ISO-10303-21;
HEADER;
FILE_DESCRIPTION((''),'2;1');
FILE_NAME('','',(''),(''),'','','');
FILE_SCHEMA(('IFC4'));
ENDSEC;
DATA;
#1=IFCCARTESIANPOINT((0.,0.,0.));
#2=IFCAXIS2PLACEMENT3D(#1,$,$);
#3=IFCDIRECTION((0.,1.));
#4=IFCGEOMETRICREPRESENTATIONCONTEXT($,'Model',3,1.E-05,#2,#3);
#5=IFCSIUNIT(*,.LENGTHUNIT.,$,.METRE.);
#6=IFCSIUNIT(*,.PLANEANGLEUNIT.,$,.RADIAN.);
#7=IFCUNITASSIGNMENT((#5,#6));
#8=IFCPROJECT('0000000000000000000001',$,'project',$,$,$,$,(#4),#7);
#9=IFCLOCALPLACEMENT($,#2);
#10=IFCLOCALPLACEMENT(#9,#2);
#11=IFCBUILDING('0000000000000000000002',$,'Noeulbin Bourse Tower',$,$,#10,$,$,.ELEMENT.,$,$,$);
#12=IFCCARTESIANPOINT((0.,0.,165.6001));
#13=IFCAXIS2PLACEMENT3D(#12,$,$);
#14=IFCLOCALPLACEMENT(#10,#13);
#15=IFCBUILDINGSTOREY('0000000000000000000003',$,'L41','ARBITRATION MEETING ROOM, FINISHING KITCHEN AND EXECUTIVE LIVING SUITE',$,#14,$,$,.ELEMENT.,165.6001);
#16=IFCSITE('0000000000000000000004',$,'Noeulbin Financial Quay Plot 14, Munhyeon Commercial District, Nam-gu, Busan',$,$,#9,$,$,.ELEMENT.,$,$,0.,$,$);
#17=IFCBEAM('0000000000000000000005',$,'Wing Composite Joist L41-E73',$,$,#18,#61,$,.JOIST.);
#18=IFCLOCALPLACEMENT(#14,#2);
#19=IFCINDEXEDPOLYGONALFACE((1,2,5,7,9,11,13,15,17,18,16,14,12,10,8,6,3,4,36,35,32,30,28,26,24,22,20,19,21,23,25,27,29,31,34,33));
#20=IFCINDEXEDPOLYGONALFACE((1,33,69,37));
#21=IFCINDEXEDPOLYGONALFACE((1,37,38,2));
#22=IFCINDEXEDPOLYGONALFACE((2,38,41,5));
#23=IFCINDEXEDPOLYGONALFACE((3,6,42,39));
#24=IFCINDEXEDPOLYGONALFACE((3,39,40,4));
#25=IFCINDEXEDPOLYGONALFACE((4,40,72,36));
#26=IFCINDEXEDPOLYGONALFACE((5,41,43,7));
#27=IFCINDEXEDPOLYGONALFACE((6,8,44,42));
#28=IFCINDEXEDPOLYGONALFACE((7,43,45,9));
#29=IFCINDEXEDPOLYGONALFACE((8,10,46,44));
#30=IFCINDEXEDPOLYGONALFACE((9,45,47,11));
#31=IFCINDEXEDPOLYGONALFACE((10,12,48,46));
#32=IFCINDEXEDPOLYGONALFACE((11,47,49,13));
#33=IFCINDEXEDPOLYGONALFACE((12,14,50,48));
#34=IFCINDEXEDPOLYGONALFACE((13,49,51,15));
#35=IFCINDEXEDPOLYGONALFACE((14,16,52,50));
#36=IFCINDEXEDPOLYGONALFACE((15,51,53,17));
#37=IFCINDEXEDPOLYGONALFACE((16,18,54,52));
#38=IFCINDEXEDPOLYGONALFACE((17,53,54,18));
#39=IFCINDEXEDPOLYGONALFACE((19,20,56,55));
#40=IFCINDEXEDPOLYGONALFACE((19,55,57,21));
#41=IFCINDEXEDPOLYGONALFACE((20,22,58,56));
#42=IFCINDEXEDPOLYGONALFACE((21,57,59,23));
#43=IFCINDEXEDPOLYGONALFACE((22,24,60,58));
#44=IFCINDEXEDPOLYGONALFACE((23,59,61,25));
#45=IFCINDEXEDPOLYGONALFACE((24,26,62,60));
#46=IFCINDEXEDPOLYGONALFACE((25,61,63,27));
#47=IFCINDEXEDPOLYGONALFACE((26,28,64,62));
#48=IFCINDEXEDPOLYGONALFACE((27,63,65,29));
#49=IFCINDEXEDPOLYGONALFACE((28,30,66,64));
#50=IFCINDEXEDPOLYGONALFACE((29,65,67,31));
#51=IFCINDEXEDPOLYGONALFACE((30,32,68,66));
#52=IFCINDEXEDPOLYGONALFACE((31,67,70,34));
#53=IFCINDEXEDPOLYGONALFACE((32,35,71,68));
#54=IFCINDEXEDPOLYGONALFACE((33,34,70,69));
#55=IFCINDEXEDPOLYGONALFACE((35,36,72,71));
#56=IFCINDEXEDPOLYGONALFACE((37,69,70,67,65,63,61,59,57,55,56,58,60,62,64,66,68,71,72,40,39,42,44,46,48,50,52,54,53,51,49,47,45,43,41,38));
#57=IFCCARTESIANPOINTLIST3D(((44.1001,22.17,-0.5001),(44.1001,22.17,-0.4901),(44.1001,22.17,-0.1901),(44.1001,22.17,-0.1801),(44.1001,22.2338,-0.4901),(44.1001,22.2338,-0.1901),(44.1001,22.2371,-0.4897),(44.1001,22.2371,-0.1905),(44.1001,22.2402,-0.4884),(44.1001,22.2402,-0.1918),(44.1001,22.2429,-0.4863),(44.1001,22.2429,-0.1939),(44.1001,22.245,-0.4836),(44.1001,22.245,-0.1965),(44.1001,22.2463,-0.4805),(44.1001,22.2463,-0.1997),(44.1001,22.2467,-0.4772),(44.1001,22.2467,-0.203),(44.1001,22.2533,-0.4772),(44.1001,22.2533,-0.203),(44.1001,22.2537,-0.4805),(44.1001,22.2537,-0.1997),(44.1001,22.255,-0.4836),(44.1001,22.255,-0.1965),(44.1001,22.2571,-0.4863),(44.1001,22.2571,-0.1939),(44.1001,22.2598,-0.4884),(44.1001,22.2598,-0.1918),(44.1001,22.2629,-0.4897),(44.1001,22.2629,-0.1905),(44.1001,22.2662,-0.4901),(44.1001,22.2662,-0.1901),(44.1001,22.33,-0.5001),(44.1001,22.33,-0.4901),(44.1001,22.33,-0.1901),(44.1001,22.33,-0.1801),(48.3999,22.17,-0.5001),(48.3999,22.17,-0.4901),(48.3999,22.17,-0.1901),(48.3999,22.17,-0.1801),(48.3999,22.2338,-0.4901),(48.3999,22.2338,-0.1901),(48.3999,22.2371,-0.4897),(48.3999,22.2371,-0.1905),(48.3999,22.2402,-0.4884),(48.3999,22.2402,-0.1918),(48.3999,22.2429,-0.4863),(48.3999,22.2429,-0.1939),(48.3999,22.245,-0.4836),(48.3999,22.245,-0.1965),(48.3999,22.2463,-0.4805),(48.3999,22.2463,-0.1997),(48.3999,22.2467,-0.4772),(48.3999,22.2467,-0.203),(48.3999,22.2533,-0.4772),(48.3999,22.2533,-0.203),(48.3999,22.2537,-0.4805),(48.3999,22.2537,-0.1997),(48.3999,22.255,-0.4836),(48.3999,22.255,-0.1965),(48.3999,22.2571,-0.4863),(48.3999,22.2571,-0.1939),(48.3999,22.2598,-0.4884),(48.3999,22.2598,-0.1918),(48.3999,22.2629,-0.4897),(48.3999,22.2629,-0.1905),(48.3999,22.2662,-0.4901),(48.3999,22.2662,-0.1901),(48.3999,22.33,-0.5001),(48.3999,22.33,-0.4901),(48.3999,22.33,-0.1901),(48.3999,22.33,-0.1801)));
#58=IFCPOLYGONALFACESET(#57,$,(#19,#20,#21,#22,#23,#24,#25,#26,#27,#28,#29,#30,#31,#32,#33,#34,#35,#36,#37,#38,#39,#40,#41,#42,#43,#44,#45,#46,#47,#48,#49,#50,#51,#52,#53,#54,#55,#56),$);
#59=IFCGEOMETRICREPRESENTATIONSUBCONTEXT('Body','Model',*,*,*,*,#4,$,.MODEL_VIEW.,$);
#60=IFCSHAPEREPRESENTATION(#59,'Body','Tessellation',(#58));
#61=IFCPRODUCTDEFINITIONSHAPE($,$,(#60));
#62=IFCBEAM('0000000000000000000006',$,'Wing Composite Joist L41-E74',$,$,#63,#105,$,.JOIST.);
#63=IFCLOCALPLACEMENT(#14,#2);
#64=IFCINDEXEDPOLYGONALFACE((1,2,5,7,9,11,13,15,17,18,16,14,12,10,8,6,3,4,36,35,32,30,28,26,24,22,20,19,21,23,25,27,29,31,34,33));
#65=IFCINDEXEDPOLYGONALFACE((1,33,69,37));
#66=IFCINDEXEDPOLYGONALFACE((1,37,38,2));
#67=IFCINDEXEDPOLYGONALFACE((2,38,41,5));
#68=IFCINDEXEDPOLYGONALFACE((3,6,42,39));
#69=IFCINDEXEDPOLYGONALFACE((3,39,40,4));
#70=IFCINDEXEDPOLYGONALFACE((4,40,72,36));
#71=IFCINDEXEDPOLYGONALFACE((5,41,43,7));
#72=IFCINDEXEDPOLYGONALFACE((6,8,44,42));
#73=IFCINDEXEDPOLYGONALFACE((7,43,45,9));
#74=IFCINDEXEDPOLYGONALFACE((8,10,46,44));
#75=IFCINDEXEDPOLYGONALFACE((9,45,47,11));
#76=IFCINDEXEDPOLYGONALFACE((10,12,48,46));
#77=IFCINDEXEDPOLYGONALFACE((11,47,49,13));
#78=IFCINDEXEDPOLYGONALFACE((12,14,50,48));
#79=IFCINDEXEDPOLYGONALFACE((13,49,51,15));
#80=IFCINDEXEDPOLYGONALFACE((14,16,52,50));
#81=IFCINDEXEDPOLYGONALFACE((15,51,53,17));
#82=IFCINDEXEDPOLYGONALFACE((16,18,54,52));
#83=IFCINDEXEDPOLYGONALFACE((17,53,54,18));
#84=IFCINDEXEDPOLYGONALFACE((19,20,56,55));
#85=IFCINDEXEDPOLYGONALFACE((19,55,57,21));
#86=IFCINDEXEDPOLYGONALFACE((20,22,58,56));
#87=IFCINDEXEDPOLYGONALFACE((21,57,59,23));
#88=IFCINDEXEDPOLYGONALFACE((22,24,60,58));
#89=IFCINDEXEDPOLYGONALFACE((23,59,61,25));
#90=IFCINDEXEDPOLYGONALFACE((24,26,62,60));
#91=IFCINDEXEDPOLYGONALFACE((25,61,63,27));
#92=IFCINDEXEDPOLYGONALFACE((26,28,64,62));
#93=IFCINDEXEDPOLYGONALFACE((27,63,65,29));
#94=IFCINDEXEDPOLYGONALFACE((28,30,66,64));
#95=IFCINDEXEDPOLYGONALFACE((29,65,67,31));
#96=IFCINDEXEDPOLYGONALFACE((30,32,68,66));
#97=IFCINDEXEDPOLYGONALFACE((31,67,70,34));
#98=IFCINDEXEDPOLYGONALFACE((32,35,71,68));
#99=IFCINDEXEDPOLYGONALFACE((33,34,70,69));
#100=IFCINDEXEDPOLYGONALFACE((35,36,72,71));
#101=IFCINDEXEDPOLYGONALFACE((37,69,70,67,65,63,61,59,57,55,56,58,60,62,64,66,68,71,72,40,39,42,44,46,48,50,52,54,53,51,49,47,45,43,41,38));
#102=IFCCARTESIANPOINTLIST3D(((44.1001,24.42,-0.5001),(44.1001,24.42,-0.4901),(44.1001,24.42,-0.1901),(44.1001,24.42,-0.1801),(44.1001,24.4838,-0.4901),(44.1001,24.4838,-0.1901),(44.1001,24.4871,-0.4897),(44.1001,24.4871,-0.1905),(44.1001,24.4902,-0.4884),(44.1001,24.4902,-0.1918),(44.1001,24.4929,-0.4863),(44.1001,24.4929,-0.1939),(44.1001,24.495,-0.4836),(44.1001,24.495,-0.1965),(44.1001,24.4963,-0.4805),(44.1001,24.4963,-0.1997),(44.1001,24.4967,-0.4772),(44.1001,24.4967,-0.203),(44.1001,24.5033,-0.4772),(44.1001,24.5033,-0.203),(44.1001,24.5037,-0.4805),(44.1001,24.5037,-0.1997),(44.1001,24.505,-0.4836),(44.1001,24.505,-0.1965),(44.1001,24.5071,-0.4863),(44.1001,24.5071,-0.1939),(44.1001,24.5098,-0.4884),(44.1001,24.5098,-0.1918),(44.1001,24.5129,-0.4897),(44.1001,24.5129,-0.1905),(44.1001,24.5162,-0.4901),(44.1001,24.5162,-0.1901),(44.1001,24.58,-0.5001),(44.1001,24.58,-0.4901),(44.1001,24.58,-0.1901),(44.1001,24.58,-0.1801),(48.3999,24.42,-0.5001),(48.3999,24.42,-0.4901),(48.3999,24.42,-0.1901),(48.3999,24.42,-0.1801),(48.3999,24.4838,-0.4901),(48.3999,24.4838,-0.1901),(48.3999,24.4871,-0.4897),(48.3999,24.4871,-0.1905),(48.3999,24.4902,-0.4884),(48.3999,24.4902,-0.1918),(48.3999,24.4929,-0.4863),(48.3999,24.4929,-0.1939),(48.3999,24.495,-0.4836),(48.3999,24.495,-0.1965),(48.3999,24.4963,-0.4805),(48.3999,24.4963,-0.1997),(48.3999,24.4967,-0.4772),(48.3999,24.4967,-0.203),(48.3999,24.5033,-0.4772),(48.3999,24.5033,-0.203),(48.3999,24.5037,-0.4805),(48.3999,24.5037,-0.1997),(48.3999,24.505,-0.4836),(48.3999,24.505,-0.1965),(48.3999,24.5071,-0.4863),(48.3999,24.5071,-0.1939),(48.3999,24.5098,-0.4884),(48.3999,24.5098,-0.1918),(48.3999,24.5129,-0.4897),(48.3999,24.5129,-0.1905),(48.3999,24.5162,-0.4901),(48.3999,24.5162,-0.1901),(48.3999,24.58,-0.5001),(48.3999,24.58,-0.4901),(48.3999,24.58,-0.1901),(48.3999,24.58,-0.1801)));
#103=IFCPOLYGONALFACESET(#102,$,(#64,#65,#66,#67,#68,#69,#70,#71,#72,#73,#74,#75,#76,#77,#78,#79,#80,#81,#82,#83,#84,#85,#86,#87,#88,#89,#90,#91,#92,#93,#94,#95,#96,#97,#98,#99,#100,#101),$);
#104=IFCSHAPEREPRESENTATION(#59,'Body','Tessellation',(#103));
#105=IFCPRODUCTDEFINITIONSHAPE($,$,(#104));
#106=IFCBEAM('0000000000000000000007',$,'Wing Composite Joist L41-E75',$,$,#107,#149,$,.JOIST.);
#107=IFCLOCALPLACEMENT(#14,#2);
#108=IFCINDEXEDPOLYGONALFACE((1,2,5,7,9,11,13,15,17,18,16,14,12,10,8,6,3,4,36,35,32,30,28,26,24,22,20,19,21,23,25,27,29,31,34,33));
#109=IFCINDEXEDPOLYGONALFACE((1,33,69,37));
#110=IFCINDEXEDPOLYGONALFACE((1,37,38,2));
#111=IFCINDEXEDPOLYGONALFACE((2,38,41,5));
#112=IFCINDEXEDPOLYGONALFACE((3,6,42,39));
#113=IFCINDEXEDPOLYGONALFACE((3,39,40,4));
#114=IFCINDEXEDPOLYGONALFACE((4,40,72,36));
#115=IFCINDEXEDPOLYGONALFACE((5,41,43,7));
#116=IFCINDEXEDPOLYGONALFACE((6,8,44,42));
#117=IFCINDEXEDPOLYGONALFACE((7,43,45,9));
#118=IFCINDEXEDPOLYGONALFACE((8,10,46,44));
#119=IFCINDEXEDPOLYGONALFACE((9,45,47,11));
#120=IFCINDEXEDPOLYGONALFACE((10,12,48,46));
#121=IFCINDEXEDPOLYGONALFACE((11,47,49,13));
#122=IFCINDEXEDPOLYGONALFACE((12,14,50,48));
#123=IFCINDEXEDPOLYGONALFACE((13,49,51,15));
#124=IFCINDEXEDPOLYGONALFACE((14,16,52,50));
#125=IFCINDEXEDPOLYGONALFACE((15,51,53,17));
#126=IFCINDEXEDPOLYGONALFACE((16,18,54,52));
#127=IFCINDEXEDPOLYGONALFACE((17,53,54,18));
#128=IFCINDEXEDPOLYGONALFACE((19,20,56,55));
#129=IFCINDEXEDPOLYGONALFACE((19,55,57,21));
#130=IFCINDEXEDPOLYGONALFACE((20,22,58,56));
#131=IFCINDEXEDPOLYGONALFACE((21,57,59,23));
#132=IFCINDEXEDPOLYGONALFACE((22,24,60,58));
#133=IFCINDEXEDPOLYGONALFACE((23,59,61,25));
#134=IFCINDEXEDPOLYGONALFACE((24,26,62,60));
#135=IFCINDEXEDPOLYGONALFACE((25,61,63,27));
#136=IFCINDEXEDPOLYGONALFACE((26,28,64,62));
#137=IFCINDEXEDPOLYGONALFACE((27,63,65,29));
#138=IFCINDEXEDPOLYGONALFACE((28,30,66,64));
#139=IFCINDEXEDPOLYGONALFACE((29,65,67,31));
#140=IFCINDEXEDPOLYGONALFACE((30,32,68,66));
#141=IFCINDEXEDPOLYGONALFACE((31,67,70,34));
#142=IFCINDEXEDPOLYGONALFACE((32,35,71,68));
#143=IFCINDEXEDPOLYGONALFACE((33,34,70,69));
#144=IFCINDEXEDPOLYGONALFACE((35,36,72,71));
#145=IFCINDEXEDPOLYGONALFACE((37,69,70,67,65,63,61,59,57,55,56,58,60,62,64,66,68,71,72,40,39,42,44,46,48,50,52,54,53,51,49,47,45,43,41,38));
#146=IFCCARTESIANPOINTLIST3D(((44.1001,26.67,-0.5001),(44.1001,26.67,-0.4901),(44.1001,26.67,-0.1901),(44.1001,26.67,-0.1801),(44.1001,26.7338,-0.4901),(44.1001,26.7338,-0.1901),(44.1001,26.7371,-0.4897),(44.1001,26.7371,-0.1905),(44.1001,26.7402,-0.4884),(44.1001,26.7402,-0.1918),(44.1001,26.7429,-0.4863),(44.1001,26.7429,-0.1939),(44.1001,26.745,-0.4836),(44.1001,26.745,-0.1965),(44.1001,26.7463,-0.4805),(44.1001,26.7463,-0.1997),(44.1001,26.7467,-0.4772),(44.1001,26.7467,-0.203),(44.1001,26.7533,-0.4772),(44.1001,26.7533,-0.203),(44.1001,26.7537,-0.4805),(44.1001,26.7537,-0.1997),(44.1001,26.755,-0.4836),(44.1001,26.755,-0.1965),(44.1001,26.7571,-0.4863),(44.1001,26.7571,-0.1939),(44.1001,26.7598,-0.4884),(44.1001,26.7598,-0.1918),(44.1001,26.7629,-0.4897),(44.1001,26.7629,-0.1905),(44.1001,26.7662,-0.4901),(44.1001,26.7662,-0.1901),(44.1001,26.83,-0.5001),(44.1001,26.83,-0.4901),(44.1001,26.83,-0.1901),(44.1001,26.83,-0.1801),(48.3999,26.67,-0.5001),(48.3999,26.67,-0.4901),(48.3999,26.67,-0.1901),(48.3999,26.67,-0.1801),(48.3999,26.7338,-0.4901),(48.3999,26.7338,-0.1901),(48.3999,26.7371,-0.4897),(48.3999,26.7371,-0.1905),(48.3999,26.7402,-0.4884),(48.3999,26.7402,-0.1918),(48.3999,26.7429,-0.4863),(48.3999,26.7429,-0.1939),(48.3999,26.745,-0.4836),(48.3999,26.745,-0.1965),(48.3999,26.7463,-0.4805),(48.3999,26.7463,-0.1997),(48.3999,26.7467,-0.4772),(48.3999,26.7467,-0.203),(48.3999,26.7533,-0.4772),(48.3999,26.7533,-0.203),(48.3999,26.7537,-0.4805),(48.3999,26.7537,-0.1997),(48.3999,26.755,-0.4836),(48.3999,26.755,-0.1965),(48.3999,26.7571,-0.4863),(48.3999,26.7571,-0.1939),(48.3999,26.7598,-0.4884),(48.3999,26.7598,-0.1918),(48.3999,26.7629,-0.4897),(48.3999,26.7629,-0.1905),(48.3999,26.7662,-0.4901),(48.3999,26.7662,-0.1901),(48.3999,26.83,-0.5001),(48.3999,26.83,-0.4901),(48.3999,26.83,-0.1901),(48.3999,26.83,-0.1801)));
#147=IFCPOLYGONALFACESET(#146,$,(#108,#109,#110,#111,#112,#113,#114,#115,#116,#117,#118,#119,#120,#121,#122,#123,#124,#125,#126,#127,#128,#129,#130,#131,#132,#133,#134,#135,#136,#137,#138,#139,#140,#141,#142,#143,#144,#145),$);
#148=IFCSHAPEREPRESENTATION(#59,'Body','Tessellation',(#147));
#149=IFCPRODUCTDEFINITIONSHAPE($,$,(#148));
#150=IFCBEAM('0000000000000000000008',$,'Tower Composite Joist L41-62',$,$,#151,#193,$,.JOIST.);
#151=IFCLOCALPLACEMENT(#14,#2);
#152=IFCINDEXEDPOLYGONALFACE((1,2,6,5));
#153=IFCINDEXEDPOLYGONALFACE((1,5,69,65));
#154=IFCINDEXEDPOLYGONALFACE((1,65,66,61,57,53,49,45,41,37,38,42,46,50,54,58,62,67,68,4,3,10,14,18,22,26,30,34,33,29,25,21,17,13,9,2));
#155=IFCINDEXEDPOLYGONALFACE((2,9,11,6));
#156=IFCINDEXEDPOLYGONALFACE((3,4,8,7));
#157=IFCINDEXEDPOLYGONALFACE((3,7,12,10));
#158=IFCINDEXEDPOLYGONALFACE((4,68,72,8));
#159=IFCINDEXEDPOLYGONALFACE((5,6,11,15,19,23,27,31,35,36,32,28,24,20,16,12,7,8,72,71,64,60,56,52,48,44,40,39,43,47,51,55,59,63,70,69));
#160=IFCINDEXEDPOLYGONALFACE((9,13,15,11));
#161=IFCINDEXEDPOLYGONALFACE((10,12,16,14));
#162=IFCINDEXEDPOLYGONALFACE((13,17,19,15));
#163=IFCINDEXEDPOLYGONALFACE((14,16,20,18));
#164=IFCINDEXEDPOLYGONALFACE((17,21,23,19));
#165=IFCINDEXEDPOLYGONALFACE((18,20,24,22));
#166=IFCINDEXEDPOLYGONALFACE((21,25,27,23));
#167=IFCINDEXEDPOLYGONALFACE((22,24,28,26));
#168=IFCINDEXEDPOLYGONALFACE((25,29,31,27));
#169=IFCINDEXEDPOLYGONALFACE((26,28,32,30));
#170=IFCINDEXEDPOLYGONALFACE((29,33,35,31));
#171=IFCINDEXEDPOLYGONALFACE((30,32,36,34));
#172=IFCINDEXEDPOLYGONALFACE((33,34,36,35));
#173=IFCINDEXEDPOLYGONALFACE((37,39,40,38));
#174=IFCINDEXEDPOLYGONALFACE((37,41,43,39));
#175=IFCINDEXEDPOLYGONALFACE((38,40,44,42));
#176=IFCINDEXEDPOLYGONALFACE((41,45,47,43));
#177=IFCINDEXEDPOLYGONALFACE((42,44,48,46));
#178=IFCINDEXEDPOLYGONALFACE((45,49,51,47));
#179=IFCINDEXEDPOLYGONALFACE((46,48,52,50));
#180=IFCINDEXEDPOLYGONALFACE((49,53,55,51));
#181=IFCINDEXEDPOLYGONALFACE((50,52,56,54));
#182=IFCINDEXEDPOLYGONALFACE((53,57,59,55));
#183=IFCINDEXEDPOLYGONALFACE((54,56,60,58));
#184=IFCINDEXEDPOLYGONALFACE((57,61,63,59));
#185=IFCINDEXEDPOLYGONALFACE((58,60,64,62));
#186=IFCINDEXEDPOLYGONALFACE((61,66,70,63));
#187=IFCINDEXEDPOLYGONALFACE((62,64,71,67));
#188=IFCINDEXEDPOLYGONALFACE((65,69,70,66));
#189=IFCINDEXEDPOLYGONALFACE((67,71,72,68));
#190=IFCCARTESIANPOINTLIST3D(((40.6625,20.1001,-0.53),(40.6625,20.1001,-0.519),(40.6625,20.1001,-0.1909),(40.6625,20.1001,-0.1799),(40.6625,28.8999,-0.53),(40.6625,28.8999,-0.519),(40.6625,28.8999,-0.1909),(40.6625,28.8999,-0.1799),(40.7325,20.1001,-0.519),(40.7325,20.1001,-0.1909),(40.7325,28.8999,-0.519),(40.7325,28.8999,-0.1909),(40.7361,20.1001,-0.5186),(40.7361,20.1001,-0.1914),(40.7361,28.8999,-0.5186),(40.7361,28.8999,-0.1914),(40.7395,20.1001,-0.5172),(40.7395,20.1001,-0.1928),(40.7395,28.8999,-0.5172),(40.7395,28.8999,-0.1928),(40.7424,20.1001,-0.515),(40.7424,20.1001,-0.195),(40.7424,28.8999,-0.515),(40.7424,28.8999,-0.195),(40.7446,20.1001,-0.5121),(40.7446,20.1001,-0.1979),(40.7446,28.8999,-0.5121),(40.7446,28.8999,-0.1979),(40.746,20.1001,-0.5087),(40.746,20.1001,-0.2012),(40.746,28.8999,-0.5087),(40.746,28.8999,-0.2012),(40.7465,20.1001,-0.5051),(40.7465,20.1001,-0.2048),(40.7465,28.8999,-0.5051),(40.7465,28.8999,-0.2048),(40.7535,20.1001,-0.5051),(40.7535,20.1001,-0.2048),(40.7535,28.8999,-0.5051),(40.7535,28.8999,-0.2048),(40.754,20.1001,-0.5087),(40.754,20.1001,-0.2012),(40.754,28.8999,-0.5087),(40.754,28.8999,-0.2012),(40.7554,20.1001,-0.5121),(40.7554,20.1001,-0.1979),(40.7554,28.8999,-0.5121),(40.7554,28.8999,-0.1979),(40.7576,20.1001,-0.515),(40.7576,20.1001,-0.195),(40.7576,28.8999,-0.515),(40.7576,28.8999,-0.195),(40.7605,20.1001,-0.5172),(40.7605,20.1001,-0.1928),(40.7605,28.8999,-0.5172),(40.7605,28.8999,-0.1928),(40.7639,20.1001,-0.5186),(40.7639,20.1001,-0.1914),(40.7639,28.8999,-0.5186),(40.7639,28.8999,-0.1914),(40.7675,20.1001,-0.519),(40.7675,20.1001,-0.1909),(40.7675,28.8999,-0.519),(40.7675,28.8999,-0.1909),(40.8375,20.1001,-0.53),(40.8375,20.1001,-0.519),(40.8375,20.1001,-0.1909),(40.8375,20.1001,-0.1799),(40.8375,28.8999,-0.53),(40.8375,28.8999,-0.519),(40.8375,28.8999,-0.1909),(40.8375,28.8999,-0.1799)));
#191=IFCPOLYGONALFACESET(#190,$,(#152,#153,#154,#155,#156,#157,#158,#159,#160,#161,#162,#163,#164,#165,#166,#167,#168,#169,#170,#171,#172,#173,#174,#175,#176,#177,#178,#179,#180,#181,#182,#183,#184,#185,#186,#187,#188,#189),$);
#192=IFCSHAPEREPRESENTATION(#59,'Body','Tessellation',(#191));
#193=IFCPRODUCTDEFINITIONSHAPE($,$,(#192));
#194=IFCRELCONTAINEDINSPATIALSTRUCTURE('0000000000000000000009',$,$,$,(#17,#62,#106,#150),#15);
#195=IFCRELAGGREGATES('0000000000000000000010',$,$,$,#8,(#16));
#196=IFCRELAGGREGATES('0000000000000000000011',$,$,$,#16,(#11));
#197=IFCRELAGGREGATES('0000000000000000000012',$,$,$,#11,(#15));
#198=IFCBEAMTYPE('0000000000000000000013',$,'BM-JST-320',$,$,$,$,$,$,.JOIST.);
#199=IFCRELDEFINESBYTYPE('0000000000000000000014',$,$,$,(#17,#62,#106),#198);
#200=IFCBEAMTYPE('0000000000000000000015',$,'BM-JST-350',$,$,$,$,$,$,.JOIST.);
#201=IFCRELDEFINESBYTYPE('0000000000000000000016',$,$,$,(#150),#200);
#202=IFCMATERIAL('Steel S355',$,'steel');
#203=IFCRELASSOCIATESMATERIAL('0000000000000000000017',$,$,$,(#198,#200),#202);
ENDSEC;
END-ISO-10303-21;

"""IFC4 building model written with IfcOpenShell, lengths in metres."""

from ifc_helpers import new_model, si_unit, direction, frame, origin, origin_2d, place, context, subcontext, project, spatial, i_section, extrude, material, material_profile, profile_set, type_object, element, save


model = new_model("IFC4")

# Units and contexts
model_context = context("Model", 3, precision=1e-05, world=origin(), true_north=direction((0.0, 1.0)))
body_context = subcontext(model_context, "Body", "Model", "MODEL_VIEW")
ifc_project = project(units=[si_unit("LENGTHUNIT", "METRE"), si_unit("PLANEANGLEUNIT", "RADIAN")], contexts=[model_context])

# Site, building, storey
site_placement = place(None, origin())
site = spatial("IfcSite", under=ifc_project, at=site_placement, Name="Noeulbin Financial Quay Plot 14, Munhyeon Commercial District, Nam-gu, Busan", CompositionType="ELEMENT", RefElevation=0.0)
building_placement = place(site_placement, origin())
building = spatial("IfcBuilding", under=site, at=building_placement, Name="Noeulbin Bourse Tower", CompositionType="ELEMENT")
storey_placement = place(building_placement, frame((0.0, 0.0, 165.6001)))
storey = spatial("IfcBuildingStorey", under=building, at=storey_placement, Name="L41", Description="ARBITRATION MEETING ROOM, FINISHING KITCHEN AND EXECUTIVE LIVING SUITE", CompositionType="ELEMENT", Elevation=165.6001)

# Shared definitions
ifc_material_1 = material(Name="Steel S355", Category="steel")

# Beams
ifc_material_profile_1 = material_profile(ifc_material_1, i_section(OverallWidth=0.1599, OverallDepth=0.3201, WebThickness=0.0066, FlangeThickness=0.01, FilletRadius=0.0129, at=origin_2d()), Name="H-320x160x6.5x10", Category="LoadBearing")
ifc_profile_set_1 = profile_set([ifc_material_profile_1], Name="Steel S355")
beam_type_1 = type_object("IfcBeamType", Name="BM-JST-320", PredefinedType="JOIST", material=ifc_profile_set_1)
for number, where, z_axis, x_axis, name in (
    (1, (44.1001, 22.25, -0.3401), (1.0, 0.0, 0.0), (0.0, 1.0, 0.0), "Wing Composite Joist L41-E73"),
    (2, (44.1001, 24.5, -0.3401), (1.0, 0.0, 0.0), (0.0, 1.0, 0.0), "Wing Composite Joist L41-E74"),
    (3, (44.1001, 26.75, -0.3401), (1.0, 0.0, 0.0), (0.0, 1.0, 0.0), "Wing Composite Joist L41-E75"),
):
    element("IfcBeam", number, at=place(storey_placement, frame(where, z_axis=z_axis, x_axis=x_axis)), inside=storey, type_object=beam_type_1, Name=name, PredefinedType="JOIST", context=body_context, shape_type="SweptSolid", body=[
        extrude(i_section(OverallWidth=0.1599, OverallDepth=0.3201, WebThickness=0.0066, FlangeThickness=0.01, FilletRadius=0.0129, at=origin_2d()), origin(), (0.0, 0.0, 1.0), 4.2998),
    ])
ifc_material_profile_2 = material_profile(ifc_material_1, i_section(OverallWidth=0.175, OverallDepth=0.3501, WebThickness=0.0071, FlangeThickness=0.011, FilletRadius=0.0139, at=origin_2d()), Name="H-350x175x7x11", Category="LoadBearing")
ifc_profile_set_2 = profile_set([ifc_material_profile_2], Name="Steel S355")
beam_type_2 = type_object("IfcBeamType", Name="BM-JST-350", PredefinedType="JOIST", material=ifc_profile_set_2)
for number, where, z_axis, x_axis, name in (
    (4, (40.75, 20.1001, -0.355), (0.0, 1.0, 0.0), (-1.0, 0.0, 0.0), "Tower Composite Joist L41-62"),
):
    element("IfcBeam", number, at=place(storey_placement, frame(where, z_axis=z_axis, x_axis=x_axis)), inside=storey, type_object=beam_type_2, Name=name, PredefinedType="JOIST", context=body_context, shape_type="SweptSolid", body=[
        extrude(i_section(OverallWidth=0.175, OverallDepth=0.3501, WebThickness=0.0071, FlangeThickness=0.011, FilletRadius=0.0139, at=origin_2d()), origin(), (0.0, 0.0, 1.0), 8.7998),
    ])

save(model, "model.ifc")
